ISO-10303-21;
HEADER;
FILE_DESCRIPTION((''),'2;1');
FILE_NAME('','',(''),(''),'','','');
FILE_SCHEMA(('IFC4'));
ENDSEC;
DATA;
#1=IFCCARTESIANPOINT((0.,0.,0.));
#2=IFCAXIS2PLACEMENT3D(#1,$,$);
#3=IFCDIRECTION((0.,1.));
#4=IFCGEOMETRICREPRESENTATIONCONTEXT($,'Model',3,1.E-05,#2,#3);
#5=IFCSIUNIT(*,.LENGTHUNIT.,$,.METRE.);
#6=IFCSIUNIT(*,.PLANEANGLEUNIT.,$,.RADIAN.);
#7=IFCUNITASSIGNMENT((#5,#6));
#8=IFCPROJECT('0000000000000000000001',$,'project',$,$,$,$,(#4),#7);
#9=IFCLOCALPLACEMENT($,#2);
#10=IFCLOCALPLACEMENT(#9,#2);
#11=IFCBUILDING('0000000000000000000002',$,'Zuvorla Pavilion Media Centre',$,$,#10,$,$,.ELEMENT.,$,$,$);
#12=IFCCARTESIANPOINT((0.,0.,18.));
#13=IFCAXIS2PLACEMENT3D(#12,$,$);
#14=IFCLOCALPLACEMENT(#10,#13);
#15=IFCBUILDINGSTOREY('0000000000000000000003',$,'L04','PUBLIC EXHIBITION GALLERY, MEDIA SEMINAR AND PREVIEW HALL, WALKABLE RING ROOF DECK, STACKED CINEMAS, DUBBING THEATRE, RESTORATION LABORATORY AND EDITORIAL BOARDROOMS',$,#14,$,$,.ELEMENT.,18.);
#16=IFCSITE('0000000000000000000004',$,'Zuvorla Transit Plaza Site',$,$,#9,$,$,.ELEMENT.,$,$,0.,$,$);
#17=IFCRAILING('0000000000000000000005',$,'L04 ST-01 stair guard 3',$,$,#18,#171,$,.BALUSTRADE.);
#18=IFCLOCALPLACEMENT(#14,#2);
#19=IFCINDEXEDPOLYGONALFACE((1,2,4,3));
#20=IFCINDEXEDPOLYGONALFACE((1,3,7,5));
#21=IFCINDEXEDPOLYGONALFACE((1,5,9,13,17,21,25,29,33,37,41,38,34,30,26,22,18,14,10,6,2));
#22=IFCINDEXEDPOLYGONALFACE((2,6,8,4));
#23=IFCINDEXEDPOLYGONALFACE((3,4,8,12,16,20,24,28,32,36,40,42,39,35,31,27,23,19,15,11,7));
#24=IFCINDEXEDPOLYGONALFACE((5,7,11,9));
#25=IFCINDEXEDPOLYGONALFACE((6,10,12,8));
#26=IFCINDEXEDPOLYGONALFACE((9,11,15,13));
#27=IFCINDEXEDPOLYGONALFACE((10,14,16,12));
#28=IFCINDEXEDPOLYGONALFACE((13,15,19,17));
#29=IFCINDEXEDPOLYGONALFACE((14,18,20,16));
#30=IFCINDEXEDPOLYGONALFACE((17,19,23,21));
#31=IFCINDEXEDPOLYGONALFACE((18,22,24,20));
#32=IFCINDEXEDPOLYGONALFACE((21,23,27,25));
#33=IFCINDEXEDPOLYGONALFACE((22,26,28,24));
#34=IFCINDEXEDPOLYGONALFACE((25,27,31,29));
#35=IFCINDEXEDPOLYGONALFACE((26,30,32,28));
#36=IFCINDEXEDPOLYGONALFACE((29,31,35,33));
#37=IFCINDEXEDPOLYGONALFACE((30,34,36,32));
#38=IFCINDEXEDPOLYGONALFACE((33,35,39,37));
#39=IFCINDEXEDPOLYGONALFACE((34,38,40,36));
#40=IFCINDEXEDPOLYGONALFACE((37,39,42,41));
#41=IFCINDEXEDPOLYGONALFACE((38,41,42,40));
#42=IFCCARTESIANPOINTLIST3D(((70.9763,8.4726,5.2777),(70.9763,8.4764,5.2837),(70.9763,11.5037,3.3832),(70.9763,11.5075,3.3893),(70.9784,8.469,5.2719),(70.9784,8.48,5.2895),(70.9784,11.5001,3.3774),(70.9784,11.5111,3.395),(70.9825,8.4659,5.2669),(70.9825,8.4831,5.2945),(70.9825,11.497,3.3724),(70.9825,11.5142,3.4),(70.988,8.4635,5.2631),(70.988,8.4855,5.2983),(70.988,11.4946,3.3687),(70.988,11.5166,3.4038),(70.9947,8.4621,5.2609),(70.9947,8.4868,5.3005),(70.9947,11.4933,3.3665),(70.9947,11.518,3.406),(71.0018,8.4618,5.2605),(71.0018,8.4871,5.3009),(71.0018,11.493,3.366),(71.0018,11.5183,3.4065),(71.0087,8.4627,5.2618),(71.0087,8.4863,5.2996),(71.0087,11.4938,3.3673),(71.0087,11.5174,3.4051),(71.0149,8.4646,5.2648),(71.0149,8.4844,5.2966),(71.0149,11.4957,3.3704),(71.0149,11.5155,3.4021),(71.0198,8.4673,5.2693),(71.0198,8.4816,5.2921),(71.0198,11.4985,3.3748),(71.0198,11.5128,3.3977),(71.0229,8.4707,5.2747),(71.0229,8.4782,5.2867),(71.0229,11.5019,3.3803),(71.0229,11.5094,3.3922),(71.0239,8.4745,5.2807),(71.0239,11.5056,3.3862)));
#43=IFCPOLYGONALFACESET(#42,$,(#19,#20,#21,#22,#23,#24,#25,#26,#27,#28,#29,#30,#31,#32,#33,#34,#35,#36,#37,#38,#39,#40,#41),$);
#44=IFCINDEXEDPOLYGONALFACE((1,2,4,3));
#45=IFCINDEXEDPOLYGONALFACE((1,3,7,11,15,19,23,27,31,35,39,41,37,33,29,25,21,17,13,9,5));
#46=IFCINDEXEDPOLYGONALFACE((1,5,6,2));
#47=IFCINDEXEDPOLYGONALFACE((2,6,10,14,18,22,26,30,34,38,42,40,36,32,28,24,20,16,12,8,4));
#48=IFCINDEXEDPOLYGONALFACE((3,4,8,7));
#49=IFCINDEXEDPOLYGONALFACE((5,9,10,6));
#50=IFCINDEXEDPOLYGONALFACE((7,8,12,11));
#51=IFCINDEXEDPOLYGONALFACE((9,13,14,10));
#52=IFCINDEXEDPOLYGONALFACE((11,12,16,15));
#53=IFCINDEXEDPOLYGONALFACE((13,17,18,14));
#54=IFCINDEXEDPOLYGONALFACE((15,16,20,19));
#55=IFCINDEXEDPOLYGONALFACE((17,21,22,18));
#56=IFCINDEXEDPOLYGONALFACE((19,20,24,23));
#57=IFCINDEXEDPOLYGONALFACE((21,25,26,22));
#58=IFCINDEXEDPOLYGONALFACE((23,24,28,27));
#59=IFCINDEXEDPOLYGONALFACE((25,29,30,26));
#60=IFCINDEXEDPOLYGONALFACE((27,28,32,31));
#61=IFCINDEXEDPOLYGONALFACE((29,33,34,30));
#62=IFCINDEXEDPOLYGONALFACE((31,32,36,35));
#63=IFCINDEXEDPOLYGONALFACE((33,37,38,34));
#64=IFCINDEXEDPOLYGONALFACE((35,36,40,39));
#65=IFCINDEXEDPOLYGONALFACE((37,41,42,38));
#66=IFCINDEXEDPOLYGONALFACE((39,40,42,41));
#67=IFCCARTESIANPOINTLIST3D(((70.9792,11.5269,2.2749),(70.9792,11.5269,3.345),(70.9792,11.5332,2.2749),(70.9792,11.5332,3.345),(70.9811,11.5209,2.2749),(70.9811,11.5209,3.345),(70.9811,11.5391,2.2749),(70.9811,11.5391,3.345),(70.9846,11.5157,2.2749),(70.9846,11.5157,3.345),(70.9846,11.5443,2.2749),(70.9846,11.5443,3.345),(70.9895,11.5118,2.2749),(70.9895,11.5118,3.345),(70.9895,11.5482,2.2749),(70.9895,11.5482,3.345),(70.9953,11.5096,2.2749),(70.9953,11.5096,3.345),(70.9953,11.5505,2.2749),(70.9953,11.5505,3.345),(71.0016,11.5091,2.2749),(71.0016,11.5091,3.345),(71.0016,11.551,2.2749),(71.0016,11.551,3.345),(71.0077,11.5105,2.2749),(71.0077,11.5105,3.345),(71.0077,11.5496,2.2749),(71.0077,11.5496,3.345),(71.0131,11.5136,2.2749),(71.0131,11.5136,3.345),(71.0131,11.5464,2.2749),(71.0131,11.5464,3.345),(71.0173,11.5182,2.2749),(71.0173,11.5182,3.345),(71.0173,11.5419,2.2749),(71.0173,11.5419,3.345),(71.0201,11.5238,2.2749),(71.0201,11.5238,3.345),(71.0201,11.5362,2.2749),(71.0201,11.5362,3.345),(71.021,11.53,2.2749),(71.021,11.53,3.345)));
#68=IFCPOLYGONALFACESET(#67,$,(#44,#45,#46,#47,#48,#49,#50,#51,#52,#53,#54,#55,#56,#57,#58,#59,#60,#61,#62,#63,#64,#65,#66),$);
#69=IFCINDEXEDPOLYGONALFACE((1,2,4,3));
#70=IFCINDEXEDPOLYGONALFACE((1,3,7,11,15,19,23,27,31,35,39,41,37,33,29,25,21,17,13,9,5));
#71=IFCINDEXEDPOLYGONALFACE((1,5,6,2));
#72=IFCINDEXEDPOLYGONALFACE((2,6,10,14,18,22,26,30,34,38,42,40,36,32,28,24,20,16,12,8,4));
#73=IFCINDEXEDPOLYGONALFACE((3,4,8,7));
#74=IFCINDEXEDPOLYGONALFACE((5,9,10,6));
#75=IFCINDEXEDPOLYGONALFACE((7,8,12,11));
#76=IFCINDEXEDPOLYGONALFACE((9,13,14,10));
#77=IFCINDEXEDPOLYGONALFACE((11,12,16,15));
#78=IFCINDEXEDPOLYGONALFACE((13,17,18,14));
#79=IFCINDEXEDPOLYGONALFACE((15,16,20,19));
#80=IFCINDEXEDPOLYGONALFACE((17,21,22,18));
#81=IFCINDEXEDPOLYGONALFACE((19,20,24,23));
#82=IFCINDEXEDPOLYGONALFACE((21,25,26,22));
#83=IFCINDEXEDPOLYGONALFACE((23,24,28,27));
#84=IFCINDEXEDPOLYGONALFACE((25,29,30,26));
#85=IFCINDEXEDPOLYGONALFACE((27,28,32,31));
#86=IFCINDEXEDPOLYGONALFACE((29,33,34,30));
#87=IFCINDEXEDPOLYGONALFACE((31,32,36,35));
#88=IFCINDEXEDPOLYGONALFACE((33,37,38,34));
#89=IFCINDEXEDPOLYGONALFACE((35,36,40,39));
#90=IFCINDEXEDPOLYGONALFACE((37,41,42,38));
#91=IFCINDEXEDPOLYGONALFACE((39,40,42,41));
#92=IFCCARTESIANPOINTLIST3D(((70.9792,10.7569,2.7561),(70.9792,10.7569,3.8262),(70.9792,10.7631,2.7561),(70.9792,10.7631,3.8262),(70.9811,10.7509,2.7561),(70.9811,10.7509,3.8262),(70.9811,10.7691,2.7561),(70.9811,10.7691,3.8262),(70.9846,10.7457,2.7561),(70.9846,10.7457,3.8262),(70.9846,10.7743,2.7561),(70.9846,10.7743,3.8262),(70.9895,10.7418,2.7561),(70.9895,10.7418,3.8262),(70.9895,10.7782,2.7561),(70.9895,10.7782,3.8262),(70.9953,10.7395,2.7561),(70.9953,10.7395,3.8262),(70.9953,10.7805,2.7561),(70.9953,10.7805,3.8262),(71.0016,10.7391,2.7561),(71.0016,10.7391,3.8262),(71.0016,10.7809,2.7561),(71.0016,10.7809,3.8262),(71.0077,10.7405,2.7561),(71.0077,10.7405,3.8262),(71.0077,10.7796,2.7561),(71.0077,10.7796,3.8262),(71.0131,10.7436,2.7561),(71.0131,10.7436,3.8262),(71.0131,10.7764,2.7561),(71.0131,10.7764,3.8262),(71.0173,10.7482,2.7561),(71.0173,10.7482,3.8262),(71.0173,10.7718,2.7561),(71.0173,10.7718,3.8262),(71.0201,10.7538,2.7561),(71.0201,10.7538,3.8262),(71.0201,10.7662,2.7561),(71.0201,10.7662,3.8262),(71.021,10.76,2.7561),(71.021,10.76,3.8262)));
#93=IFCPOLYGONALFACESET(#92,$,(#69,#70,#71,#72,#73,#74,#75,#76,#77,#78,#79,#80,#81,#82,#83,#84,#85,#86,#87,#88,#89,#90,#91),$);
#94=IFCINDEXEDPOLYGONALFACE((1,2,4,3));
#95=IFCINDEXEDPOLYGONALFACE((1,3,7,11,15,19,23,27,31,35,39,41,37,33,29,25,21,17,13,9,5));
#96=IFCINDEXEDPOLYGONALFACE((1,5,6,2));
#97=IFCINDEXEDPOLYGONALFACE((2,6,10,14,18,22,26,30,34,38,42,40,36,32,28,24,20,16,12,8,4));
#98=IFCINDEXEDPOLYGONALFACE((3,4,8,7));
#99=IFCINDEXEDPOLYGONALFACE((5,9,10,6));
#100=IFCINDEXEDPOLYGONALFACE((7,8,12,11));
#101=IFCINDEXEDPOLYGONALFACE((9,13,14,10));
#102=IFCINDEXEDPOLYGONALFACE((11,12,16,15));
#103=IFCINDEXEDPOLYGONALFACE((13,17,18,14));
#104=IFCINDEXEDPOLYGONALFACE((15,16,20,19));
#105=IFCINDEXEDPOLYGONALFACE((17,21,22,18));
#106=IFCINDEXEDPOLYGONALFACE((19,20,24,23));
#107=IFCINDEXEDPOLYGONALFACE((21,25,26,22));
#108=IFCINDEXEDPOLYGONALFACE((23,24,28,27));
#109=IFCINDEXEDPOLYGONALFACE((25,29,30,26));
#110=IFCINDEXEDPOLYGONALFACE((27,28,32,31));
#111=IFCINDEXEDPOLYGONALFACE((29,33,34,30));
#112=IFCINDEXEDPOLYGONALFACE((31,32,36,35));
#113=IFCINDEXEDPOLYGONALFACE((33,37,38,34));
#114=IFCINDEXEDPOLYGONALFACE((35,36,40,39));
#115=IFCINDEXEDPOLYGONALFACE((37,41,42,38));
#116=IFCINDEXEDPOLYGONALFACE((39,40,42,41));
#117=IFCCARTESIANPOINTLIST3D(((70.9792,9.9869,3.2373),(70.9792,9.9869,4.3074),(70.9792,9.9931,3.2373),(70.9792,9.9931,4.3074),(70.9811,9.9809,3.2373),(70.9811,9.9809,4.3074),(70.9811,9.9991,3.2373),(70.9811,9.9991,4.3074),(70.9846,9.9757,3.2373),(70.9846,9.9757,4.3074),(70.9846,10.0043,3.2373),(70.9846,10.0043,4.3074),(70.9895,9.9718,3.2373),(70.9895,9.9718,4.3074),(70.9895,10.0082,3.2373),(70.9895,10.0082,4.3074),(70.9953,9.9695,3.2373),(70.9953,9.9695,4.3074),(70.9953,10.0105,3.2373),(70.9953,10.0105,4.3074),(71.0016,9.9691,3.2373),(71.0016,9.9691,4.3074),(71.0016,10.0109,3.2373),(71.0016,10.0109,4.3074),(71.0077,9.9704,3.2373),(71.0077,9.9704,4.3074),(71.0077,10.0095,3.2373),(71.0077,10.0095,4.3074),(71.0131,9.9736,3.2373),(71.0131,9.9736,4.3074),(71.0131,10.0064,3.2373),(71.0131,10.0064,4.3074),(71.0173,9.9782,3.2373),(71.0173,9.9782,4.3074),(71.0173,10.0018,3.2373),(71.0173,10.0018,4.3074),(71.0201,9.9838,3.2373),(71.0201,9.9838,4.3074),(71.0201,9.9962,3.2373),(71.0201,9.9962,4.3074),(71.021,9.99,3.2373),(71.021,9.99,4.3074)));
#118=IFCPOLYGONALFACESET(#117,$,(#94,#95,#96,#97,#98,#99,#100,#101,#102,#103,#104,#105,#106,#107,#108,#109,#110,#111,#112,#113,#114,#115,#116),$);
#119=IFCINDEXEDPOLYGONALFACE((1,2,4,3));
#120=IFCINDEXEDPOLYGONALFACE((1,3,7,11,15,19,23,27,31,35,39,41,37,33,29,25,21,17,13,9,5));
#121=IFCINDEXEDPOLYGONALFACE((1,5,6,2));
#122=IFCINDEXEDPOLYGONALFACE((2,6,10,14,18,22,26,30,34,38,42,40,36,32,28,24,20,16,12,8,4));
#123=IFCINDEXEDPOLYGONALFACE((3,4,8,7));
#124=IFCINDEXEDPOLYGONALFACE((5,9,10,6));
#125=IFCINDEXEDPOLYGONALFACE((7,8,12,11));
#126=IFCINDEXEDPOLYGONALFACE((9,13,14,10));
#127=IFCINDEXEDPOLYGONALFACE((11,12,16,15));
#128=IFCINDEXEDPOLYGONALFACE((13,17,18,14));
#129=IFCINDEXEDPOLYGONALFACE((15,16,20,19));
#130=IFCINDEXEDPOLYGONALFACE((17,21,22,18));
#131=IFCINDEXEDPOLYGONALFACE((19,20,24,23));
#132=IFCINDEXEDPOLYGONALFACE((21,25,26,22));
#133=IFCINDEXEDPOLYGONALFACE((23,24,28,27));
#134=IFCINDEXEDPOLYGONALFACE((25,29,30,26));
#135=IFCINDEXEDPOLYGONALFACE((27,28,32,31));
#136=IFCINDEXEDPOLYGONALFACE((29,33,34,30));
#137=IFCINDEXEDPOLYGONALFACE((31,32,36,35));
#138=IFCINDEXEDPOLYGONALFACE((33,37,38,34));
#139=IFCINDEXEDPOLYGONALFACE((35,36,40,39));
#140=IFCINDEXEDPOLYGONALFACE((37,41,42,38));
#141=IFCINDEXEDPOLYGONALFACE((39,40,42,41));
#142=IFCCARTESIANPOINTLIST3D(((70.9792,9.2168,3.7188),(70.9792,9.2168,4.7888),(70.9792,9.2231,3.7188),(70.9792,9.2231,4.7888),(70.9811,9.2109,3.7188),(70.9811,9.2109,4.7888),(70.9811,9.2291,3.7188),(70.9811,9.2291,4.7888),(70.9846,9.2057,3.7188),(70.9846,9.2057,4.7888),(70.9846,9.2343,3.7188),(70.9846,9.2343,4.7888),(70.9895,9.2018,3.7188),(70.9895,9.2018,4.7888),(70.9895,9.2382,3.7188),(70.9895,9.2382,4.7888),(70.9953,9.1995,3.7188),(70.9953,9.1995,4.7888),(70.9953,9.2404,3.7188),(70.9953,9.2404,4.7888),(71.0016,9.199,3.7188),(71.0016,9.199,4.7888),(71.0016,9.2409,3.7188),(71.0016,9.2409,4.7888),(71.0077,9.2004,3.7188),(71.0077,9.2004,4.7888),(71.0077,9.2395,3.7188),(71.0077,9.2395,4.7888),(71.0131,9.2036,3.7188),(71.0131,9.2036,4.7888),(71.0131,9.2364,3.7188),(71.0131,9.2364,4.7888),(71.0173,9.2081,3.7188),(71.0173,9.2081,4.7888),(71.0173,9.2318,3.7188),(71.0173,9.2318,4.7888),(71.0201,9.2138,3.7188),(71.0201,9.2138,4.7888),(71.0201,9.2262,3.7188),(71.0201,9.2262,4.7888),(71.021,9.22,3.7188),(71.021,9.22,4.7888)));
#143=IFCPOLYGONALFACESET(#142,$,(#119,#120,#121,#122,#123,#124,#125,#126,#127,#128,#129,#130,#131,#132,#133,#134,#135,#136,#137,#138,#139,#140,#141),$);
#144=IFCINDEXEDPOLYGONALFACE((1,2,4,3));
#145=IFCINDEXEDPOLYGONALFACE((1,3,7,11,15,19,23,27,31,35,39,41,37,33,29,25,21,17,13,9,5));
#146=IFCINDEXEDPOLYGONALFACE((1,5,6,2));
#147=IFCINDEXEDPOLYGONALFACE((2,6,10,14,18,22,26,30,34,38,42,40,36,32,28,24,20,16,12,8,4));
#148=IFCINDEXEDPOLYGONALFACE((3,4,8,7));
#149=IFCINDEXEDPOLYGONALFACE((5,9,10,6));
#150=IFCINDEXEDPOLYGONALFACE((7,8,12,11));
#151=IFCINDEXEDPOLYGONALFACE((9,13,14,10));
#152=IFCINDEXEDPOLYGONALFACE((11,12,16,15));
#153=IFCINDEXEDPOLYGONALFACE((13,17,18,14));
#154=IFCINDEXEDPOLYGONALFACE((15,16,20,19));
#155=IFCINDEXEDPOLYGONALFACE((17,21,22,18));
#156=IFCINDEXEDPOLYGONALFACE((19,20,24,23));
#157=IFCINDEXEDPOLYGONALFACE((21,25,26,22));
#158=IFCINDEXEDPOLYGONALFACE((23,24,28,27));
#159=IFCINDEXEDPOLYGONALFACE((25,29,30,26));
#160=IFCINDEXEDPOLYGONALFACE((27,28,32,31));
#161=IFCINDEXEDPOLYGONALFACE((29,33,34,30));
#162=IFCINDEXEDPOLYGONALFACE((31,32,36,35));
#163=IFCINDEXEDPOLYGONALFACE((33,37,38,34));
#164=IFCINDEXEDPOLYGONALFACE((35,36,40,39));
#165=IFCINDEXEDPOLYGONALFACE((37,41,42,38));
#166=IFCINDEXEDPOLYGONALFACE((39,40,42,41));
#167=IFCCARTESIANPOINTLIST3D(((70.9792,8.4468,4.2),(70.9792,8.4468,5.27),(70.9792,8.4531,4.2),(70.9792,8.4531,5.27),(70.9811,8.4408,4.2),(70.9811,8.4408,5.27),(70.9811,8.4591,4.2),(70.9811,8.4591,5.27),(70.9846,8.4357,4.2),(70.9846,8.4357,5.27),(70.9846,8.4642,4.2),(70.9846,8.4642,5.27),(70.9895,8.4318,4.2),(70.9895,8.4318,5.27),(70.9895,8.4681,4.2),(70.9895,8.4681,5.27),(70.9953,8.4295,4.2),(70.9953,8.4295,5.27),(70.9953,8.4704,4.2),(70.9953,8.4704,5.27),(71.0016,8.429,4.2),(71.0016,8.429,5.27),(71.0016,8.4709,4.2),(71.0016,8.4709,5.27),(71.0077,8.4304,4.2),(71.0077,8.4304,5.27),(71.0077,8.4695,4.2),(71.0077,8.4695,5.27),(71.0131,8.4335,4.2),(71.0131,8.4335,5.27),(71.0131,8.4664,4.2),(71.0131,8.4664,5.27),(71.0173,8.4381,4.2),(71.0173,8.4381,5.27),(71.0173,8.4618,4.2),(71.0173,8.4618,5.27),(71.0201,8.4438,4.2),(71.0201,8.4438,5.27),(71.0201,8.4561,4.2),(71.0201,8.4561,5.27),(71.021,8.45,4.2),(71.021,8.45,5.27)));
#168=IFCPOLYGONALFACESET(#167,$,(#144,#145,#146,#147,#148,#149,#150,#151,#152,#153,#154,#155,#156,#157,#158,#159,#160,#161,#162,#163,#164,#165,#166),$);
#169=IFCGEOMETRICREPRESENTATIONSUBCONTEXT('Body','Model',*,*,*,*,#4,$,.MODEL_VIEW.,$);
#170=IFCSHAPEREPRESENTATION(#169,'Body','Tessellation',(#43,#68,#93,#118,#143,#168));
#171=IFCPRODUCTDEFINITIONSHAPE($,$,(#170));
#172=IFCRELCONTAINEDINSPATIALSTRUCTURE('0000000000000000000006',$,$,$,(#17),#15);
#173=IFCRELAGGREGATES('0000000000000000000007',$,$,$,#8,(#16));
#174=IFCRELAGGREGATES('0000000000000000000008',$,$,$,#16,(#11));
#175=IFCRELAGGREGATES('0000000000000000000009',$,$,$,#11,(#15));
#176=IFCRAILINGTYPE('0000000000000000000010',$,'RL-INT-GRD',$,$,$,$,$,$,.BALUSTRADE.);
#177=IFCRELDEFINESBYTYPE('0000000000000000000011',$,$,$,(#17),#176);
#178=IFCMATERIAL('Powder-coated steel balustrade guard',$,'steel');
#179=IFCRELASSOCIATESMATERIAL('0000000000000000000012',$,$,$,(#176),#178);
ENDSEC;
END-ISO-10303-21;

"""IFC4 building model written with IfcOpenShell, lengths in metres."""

from ifc_helpers import new_model, si_unit, direction, frame, origin, origin_2d, place, context, subcontext, project, spatial, circle, extrude, material, type_object, element, save


model = new_model("IFC4")

# Units and contexts
model_context = context("Model", 3, precision=1e-05, world=origin(), true_north=direction((0.0, 1.0)))
body_context = subcontext(model_context, "Body", "Model", "MODEL_VIEW")
ifc_project = project(units=[si_unit("LENGTHUNIT", "METRE"), si_unit("PLANEANGLEUNIT", "RADIAN")], contexts=[model_context])

# Site, building, storey
site_placement = place(None, origin())
site = spatial("IfcSite", under=ifc_project, at=site_placement, Name="Zuvorla Transit Plaza Site", CompositionType="ELEMENT", RefElevation=0.0)
building_placement = place(site_placement, origin())
building = spatial("IfcBuilding", under=site, at=building_placement, Name="Zuvorla Pavilion Media Centre", CompositionType="ELEMENT")
storey_placement = place(building_placement, frame((0.0, 0.0, 18.0)))
storey = spatial("IfcBuildingStorey", under=building, at=storey_placement, Name="L04", Description="PUBLIC EXHIBITION GALLERY, MEDIA SEMINAR AND PREVIEW HALL, WALKABLE RING ROOF DECK, STACKED CINEMAS, DUBBING THEATRE, RESTORATION LABORATORY AND EDITORIAL BOARDROOMS", CompositionType="ELEMENT", Elevation=18.0)

# Railing
ifc_material_1 = material(Name="Powder-coated steel balustrade guard", Category="steel")
railing_type_1 = type_object("IfcRailingType", Name="RL-INT-GRD", PredefinedType="BALUSTRADE", material=ifc_material_1)
railing_1_placement = place(storey_placement, frame((71.0, 11.53, 2.2749)))
element("IfcRailing", 1, at=railing_1_placement, inside=storey, type_object=railing_type_1, Name="L04 ST-01 stair guard 3", PredefinedType="BALUSTRADE", context=body_context, shape_type="SweptSolid", body=[
    extrude(circle(Radius=0.0239, at=origin_2d()), frame((0.0, -0.0244, 1.1113), z_axis=(0.0, -0.847998, 0.529999), x_axis=(1.0, 0.0, 0.0)), (0.0, 0.0, 1.0), 3.5745),
    extrude(circle(Radius=0.021, at=origin_2d()), origin(), (0.0, 0.0, 1.0), 1.0701),
    extrude(circle(Radius=0.021, at=origin_2d()), frame((0.0, -0.77, 0.4812)), (0.0, 0.0, 1.0), 1.0701),
    extrude(circle(Radius=0.021, at=origin_2d()), frame((0.0, -1.54, 0.9624)), (0.0, 0.0, 1.0), 1.0701),
    extrude(circle(Radius=0.021, at=origin_2d()), frame((0.0, -2.3101, 1.4438)), (0.0, 0.0, 1.0), 1.0701),
    extrude(circle(Radius=0.021, at=origin_2d()), frame((0.0, -3.0801, 1.925)), (0.0, 0.0, 1.0), 1.0701),
])

save(model, "model.ifc")
